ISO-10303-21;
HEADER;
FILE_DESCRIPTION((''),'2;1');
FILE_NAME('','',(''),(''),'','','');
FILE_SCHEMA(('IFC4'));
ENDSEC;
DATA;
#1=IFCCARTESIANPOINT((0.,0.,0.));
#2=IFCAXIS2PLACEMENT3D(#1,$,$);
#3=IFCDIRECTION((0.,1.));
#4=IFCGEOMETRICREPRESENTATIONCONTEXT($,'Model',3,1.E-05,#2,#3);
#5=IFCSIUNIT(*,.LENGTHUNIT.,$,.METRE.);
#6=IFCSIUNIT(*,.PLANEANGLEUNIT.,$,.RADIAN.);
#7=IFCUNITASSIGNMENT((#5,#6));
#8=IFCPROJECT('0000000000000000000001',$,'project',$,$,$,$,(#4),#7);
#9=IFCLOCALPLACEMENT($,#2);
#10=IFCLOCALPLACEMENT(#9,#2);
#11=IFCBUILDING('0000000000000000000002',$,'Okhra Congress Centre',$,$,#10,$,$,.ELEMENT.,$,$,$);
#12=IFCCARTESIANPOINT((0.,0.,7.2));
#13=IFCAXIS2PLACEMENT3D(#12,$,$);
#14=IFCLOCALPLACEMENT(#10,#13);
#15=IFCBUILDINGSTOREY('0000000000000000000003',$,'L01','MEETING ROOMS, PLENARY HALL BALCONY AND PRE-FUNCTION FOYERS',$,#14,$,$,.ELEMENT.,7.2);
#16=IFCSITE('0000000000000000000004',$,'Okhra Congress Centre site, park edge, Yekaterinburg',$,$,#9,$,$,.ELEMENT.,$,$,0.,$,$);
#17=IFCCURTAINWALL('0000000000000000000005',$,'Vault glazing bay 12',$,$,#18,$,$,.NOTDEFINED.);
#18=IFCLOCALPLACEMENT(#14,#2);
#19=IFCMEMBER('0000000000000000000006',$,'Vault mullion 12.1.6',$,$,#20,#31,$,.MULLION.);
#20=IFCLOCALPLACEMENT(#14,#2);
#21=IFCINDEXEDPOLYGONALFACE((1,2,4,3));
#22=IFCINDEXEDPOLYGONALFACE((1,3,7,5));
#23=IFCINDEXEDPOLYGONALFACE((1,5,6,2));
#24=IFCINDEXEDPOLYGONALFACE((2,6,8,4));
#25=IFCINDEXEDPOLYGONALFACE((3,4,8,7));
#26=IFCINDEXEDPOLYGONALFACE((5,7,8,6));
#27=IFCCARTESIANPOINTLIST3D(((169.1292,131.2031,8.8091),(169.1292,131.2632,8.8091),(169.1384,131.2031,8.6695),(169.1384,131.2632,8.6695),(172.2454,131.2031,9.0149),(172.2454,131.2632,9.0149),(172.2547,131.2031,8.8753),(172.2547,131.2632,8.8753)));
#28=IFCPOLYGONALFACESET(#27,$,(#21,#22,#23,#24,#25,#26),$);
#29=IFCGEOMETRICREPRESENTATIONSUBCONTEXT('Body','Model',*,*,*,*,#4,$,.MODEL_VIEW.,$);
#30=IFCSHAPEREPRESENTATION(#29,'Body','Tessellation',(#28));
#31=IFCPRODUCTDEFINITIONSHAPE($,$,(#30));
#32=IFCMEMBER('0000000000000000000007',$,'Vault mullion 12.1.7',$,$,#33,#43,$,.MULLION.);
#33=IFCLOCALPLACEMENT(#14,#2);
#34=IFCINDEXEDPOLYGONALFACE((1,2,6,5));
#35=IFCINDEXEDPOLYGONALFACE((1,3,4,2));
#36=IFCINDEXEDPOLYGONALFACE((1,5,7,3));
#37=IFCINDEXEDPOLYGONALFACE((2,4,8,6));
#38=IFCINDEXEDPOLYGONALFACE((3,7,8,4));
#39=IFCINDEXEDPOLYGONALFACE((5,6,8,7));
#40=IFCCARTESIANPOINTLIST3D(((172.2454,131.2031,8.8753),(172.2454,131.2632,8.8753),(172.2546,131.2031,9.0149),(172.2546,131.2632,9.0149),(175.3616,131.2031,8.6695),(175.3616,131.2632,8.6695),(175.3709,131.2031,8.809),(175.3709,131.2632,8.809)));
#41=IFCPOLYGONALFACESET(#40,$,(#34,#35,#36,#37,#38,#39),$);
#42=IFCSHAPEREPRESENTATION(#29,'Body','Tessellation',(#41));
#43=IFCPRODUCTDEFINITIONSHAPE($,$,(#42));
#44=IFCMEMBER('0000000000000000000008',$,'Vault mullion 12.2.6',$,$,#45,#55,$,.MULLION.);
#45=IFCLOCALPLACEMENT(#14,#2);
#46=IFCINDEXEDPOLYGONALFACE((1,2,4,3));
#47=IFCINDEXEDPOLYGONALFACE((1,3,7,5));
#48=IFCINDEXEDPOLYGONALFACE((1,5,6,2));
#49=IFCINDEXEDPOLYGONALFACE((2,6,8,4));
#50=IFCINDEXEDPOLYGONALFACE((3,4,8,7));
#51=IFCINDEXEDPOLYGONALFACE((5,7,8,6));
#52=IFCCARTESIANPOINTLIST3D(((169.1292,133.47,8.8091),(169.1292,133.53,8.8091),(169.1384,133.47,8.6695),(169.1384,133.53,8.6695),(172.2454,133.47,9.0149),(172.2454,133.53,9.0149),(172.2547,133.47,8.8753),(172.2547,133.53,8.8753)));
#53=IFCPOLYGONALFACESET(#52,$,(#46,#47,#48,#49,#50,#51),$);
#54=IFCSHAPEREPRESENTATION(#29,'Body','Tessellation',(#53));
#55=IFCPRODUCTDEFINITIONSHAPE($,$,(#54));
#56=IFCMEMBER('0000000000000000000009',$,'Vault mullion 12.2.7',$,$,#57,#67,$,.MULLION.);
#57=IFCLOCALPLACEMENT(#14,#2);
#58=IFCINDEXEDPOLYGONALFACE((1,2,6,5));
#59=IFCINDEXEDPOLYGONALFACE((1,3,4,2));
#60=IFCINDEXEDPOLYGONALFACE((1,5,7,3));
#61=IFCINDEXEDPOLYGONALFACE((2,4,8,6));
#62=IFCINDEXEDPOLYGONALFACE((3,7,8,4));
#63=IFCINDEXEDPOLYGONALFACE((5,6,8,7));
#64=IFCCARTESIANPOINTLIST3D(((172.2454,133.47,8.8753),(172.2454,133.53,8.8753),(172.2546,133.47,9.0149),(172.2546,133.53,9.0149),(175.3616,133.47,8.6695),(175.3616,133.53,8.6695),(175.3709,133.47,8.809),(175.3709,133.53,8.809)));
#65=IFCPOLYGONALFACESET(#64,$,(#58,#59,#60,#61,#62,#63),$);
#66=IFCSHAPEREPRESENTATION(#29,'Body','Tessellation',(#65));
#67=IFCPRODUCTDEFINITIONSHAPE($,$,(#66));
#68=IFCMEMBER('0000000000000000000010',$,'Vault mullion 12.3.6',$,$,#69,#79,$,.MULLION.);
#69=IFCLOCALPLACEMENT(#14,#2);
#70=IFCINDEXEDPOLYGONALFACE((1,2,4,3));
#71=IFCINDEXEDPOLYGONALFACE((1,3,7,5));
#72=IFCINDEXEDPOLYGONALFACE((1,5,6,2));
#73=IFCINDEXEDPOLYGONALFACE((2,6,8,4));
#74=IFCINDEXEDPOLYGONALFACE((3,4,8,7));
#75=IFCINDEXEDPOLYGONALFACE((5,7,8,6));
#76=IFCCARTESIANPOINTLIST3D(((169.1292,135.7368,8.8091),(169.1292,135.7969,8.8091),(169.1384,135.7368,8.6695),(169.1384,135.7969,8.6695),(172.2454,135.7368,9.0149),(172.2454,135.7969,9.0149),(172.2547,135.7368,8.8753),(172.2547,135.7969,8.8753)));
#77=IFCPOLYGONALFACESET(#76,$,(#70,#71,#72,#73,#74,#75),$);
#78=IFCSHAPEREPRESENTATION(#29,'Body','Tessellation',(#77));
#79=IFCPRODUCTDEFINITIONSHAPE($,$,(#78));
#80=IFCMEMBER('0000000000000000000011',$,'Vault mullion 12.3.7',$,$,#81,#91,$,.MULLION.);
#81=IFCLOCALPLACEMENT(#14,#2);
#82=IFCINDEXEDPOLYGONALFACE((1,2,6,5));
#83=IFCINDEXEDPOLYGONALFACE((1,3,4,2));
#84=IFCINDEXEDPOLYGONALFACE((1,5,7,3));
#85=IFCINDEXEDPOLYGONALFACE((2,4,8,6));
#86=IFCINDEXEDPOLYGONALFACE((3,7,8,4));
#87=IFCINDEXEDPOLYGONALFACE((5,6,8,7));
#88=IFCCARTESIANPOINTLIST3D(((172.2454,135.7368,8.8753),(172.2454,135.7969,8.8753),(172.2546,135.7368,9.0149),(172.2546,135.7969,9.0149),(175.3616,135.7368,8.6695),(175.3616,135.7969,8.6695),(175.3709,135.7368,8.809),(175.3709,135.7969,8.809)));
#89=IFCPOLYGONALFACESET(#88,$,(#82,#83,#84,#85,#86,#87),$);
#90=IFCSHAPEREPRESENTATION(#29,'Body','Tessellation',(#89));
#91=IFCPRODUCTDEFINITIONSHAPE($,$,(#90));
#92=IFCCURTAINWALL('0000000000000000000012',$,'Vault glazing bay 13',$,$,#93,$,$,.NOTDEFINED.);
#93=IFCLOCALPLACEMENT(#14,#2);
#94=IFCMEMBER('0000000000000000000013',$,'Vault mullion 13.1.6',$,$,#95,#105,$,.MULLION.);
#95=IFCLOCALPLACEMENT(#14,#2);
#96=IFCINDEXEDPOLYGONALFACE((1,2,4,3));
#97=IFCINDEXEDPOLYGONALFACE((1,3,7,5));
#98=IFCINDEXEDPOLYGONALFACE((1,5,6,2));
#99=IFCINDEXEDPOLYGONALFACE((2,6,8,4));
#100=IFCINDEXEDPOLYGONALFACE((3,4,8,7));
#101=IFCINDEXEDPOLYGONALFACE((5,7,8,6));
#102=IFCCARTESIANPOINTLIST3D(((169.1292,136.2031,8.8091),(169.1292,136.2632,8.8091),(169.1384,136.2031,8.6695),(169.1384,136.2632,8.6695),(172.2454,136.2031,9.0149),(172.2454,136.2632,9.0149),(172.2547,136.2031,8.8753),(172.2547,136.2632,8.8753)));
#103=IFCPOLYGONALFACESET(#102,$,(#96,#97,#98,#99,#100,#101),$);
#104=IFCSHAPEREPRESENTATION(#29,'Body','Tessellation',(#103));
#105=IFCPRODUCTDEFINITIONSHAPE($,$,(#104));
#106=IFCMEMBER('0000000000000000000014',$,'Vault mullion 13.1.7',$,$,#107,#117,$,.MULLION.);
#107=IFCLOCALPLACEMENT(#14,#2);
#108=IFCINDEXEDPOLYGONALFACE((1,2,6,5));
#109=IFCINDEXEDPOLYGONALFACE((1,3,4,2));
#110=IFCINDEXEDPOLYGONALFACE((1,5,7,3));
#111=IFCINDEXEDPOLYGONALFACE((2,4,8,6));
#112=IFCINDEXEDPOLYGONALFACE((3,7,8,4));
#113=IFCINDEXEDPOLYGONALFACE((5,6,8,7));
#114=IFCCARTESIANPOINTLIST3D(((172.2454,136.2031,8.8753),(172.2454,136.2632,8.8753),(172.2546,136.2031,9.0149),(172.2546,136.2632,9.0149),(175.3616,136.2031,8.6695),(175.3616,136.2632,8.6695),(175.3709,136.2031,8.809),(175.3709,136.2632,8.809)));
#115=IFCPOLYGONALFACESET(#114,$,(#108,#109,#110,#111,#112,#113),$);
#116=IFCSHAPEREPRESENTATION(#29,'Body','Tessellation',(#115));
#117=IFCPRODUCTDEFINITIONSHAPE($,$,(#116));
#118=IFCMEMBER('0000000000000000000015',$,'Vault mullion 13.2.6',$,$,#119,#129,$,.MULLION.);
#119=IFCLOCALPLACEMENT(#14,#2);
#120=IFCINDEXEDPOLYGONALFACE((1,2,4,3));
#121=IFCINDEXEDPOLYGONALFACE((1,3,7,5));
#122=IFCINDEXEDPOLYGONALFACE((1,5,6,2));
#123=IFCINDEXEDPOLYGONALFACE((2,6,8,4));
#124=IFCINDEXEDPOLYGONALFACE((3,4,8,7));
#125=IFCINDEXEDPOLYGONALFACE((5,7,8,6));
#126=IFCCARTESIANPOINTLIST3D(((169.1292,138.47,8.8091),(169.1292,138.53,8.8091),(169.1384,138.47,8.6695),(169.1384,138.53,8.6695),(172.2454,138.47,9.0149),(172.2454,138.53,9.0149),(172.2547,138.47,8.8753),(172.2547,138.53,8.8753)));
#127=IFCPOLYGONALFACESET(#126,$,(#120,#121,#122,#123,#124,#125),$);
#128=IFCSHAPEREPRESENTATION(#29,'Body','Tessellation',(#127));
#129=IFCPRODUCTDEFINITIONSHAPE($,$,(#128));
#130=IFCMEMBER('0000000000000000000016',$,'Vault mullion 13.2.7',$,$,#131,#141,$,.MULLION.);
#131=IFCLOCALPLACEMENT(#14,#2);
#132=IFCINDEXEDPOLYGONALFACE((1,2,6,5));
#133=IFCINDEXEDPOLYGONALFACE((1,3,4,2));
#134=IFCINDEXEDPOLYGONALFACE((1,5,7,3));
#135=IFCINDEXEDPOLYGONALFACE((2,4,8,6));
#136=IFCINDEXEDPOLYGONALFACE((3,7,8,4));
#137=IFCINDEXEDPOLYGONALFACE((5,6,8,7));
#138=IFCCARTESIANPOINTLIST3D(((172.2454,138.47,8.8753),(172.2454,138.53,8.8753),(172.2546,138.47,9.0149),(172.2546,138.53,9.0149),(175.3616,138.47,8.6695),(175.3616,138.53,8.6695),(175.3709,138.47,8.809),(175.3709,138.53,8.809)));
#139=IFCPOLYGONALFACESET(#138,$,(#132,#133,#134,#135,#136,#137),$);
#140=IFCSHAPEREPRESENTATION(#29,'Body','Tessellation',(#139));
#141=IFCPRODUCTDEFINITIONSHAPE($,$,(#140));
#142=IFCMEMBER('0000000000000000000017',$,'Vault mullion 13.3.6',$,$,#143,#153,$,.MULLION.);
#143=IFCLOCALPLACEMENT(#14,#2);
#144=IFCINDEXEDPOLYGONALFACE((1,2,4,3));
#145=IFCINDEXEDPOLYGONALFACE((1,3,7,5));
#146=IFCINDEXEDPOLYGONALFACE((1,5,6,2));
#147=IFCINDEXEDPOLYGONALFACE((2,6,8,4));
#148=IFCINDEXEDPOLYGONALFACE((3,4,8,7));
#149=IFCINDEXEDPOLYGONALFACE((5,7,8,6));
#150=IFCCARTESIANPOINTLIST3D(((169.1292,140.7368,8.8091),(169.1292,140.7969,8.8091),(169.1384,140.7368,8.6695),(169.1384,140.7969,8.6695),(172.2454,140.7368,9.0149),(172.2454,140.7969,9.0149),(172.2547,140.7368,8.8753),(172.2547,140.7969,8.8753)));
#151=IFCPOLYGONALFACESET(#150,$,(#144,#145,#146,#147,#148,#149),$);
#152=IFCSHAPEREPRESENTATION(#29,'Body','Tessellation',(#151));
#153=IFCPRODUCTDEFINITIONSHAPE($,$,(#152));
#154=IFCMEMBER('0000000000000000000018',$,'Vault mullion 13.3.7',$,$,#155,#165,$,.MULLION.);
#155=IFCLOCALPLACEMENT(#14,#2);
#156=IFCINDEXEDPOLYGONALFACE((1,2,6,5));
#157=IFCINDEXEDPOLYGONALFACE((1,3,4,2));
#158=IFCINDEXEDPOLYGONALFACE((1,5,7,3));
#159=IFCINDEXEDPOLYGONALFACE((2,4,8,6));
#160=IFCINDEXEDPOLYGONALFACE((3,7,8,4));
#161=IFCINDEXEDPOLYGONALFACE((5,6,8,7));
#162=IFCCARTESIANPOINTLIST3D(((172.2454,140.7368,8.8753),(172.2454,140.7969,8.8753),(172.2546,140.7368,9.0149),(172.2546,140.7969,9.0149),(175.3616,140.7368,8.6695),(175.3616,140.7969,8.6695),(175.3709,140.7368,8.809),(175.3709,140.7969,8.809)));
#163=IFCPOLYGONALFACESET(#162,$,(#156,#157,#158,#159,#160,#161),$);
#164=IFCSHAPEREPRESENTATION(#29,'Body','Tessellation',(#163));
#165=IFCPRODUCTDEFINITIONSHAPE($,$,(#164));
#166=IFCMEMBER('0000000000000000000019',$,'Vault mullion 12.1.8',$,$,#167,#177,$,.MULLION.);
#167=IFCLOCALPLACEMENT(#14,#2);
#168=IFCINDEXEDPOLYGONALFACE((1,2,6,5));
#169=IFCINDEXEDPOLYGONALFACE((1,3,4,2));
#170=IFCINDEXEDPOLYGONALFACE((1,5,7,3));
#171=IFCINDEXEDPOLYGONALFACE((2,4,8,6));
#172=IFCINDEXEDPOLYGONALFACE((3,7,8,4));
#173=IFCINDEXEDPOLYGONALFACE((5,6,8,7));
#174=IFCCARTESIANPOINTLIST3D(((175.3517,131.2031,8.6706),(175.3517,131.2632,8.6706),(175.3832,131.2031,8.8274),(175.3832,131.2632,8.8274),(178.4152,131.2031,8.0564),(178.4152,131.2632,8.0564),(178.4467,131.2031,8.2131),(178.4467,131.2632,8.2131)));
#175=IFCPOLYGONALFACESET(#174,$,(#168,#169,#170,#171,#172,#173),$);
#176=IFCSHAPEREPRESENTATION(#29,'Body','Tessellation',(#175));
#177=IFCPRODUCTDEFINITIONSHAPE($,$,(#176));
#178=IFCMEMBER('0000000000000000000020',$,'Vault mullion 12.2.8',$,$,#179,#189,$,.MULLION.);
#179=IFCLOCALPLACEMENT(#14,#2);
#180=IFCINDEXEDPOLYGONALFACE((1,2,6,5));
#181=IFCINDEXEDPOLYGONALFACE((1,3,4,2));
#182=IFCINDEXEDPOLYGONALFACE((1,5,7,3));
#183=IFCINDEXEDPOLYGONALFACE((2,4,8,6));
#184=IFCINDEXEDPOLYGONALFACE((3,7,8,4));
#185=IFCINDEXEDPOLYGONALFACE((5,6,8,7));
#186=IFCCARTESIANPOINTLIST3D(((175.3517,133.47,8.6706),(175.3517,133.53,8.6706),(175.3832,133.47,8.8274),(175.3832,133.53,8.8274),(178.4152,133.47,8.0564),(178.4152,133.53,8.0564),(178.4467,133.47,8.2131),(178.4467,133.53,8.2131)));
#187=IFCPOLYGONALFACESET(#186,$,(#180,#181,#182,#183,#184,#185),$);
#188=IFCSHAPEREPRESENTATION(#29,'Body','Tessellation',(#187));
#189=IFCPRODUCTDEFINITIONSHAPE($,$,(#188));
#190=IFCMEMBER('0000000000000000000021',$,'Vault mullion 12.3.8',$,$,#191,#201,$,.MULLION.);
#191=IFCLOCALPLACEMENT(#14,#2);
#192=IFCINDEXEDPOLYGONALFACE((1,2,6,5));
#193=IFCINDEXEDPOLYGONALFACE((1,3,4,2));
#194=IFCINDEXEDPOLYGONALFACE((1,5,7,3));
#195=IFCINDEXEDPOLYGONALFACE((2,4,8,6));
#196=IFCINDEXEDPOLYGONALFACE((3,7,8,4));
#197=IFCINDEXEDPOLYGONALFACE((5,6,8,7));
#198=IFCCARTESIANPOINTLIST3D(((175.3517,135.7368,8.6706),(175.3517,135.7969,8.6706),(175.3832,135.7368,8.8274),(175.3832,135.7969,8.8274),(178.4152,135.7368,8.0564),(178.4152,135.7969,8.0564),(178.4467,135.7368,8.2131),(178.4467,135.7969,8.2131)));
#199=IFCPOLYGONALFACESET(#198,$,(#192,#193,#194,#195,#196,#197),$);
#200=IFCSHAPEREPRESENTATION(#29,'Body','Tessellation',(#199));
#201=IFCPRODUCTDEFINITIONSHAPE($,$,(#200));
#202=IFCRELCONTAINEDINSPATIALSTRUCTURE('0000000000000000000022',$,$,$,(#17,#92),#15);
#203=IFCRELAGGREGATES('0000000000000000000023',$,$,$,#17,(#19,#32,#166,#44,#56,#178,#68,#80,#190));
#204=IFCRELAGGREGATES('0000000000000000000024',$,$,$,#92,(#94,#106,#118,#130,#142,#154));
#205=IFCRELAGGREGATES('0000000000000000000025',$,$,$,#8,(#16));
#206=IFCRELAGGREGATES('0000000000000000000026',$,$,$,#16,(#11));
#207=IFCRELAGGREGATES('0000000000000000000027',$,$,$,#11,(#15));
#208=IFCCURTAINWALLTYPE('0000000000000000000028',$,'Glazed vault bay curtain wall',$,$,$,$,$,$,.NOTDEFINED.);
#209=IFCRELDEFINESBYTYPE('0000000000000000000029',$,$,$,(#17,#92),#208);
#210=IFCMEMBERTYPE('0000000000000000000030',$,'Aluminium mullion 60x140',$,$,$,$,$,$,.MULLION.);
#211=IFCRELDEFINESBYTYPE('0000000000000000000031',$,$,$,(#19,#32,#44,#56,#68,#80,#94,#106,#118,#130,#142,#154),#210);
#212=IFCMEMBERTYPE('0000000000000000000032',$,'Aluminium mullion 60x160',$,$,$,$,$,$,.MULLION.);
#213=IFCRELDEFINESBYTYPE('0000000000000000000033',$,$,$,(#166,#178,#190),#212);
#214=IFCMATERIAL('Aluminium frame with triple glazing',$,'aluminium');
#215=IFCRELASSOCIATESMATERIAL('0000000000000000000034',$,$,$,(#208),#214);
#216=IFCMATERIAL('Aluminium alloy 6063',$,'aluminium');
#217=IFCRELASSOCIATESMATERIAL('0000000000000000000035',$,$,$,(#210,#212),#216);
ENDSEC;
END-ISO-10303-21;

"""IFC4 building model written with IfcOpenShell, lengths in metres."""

from ifc_helpers import new_model, si_unit, direction, frame, origin, origin_2d, place, context, subcontext, project, spatial, rectangle, extrude, material, material_profile, profile_set, type_object, element, aggregate, save


model = new_model("IFC4")

# Units and contexts
model_context = context("Model", 3, precision=1e-05, world=origin(), true_north=direction((0.0, 1.0)))
body_context = subcontext(model_context, "Body", "Model", "MODEL_VIEW")
ifc_project = project(units=[si_unit("LENGTHUNIT", "METRE"), si_unit("PLANEANGLEUNIT", "RADIAN")], contexts=[model_context])

# Site, building, storey
site_placement = place(None, origin())
site = spatial("IfcSite", under=ifc_project, at=site_placement, Name="Okhra Congress Centre site, park edge, Yekaterinburg", CompositionType="ELEMENT", RefElevation=0.0)
building_placement = place(site_placement, origin())
building = spatial("IfcBuilding", under=site, at=building_placement, Name="Okhra Congress Centre", CompositionType="ELEMENT")
storey_placement = place(building_placement, frame((0.0, 0.0, 7.2)))
storey = spatial("IfcBuildingStorey", under=building, at=storey_placement, Name="L01", Description="MEETING ROOMS, PLENARY HALL BALCONY AND PRE-FUNCTION FOYERS", CompositionType="ELEMENT", Elevation=7.2)

# Curtain walls, members
ifc_material_1 = material(Name="Aluminium frame with triple glazing", Category="aluminium")
curtain_wall_type = type_object("IfcCurtainWallType", Name="Glazed vault bay curtain wall", PredefinedType="NOTDEFINED", material=ifc_material_1)
curtain_wall_1_placement = place(storey_placement, origin())
curtain_wall_1 = element("IfcCurtainWall", 1, at=curtain_wall_1_placement, inside=storey, type_object=curtain_wall_type, Name="Vault glazing bay 12", PredefinedType="NOTDEFINED")
ifc_material_2 = material(Name="Aluminium alloy 6063", Category="aluminium")
ifc_material_profile_1 = material_profile(ifc_material_2, rectangle(XDim=0.0601, YDim=0.1399, at=origin_2d()), Name="AL 60x140")
ifc_profile_set_1 = profile_set([ifc_material_profile_1], Name="Aluminium alloy 6063")
member_type_1 = type_object("IfcMemberType", Name="Aluminium mullion 60x140", PredefinedType="MULLION", material=ifc_profile_set_1)
member_1_placement = place(storey_placement, frame((169.1338, 131.2332, 8.7393), z_axis=(0.997826, 0.0, 0.065902), x_axis=(0.0, 1.0, 0.0)))
member_1 = element("IfcMember", 2, at=member_1_placement, type_object=member_type_1, Name="Vault mullion 12.1.6", PredefinedType="MULLION", context=body_context, shape_type="SweptSolid", body=[
    extrude(rectangle(XDim=0.0601, YDim=0.1399, at=origin_2d()), origin(), (0.0, 0.0, 1.0), 3.123),
])
member_2_placement = place(storey_placement, frame((172.25, 131.2332, 8.9451), z_axis=(0.997826, 0.0, -0.065902), x_axis=(0.0, 1.0, 0.0)))
member_2 = element("IfcMember", 3, at=member_2_placement, type_object=member_type_1, Name="Vault mullion 12.1.7", PredefinedType="MULLION", context=body_context, shape_type="SweptSolid", body=[
    extrude(rectangle(XDim=0.0601, YDim=0.1399, at=origin_2d()), origin(), (0.0, 0.0, 1.0), 3.123),
])
member_3_placement = place(storey_placement, frame((169.1338, 133.5, 8.7393), z_axis=(0.997826, 0.0, 0.065902), x_axis=(0.0, 1.0, 0.0)))
member_3 = element("IfcMember", 4, at=member_3_placement, type_object=member_type_1, Name="Vault mullion 12.2.6", PredefinedType="MULLION", context=body_context, shape_type="SweptSolid", body=[
    extrude(rectangle(XDim=0.0601, YDim=0.1399, at=origin_2d()), origin(), (0.0, 0.0, 1.0), 3.123),
])
member_4_placement = place(storey_placement, frame((172.25, 133.5, 8.9451), z_axis=(0.997826, 0.0, -0.065902), x_axis=(0.0, 1.0, 0.0)))
member_4 = element("IfcMember", 5, at=member_4_placement, type_object=member_type_1, Name="Vault mullion 12.2.7", PredefinedType="MULLION", context=body_context, shape_type="SweptSolid", body=[
    extrude(rectangle(XDim=0.0601, YDim=0.1399, at=origin_2d()), origin(), (0.0, 0.0, 1.0), 3.123),
])
member_5_placement = place(storey_placement, frame((169.1338, 135.7668, 8.7393), z_axis=(0.997826, 0.0, 0.065902), x_axis=(0.0, 1.0, 0.0)))
member_5 = element("IfcMember", 6, at=member_5_placement, type_object=member_type_1, Name="Vault mullion 12.3.6", PredefinedType="MULLION", context=body_context, shape_type="SweptSolid", body=[
    extrude(rectangle(XDim=0.0601, YDim=0.1399, at=origin_2d()), origin(), (0.0, 0.0, 1.0), 3.123),
])
member_6_placement = place(storey_placement, frame((172.25, 135.7668, 8.9451), z_axis=(0.997826, 0.0, -0.065902), x_axis=(0.0, 1.0, 0.0)))
member_6 = element("IfcMember", 7, at=member_6_placement, type_object=member_type_1, Name="Vault mullion 12.3.7", PredefinedType="MULLION", context=body_context, shape_type="SweptSolid", body=[
    extrude(rectangle(XDim=0.0601, YDim=0.1399, at=origin_2d()), origin(), (0.0, 0.0, 1.0), 3.123),
])
curtain_wall_2_placement = place(storey_placement, origin())
curtain_wall_2 = element("IfcCurtainWall", 8, at=curtain_wall_2_placement, inside=storey, type_object=curtain_wall_type, Name="Vault glazing bay 13", PredefinedType="NOTDEFINED")
member_7_placement = place(storey_placement, frame((169.1338, 136.2332, 8.7393), z_axis=(0.997826, 0.0, 0.065902), x_axis=(0.0, 1.0, 0.0)))
member_7 = element("IfcMember", 9, at=member_7_placement, type_object=member_type_1, Name="Vault mullion 13.1.6", PredefinedType="MULLION", context=body_context, shape_type="SweptSolid", body=[
    extrude(rectangle(XDim=0.0601, YDim=0.1399, at=origin_2d()), origin(), (0.0, 0.0, 1.0), 3.123),
])
member_8_placement = place(storey_placement, frame((172.25, 136.2332, 8.9451), z_axis=(0.997826, 0.0, -0.065902), x_axis=(0.0, 1.0, 0.0)))
member_8 = element("IfcMember", 10, at=member_8_placement, type_object=member_type_1, Name="Vault mullion 13.1.7", PredefinedType="MULLION", context=body_context, shape_type="SweptSolid", body=[
    extrude(rectangle(XDim=0.0601, YDim=0.1399, at=origin_2d()), origin(), (0.0, 0.0, 1.0), 3.123),
])
member_9_placement = place(storey_placement, frame((169.1338, 138.5, 8.7393), z_axis=(0.997826, 0.0, 0.065902), x_axis=(0.0, 1.0, 0.0)))
member_9 = element("IfcMember", 11, at=member_9_placement, type_object=member_type_1, Name="Vault mullion 13.2.6", PredefinedType="MULLION", context=body_context, shape_type="SweptSolid", body=[
    extrude(rectangle(XDim=0.0601, YDim=0.1399, at=origin_2d()), origin(), (0.0, 0.0, 1.0), 3.123),
])
member_10_placement = place(storey_placement, frame((172.25, 138.5, 8.9451), z_axis=(0.997826, 0.0, -0.065902), x_axis=(0.0, 1.0, 0.0)))
member_10 = element("IfcMember", 12, at=member_10_placement, type_object=member_type_1, Name="Vault mullion 13.2.7", PredefinedType="MULLION", context=body_context, shape_type="SweptSolid", body=[
    extrude(rectangle(XDim=0.0601, YDim=0.1399, at=origin_2d()), origin(), (0.0, 0.0, 1.0), 3.123),
])
member_11_placement = place(storey_placement, frame((169.1338, 140.7668, 8.7393), z_axis=(0.997826, 0.0, 0.065902), x_axis=(0.0, 1.0, 0.0)))
member_11 = element("IfcMember", 13, at=member_11_placement, type_object=member_type_1, Name="Vault mullion 13.3.6", PredefinedType="MULLION", context=body_context, shape_type="SweptSolid", body=[
    extrude(rectangle(XDim=0.0601, YDim=0.1399, at=origin_2d()), origin(), (0.0, 0.0, 1.0), 3.123),
])
member_12_placement = place(storey_placement, frame((172.25, 140.7668, 8.9451), z_axis=(0.997826, 0.0, -0.065902), x_axis=(0.0, 1.0, 0.0)))
member_12 = element("IfcMember", 14, at=member_12_placement, type_object=member_type_1, Name="Vault mullion 13.3.7", PredefinedType="MULLION", context=body_context, shape_type="SweptSolid", body=[
    extrude(rectangle(XDim=0.0601, YDim=0.1399, at=origin_2d()), origin(), (0.0, 0.0, 1.0), 3.123),
])

# Members
ifc_material_profile_2 = material_profile(ifc_material_2, rectangle(XDim=0.0601, YDim=0.1599, at=origin_2d()), Name="AL 60x160")
ifc_profile_set_2 = profile_set([ifc_material_profile_2], Name="Aluminium alloy 6063")
member_type_2 = type_object("IfcMemberType", Name="Aluminium mullion 60x160", PredefinedType="MULLION", material=ifc_profile_set_2)
member_13_placement = place(storey_placement, frame((175.3674, 131.2332, 8.749), z_axis=(0.980484, 0.0, -0.196597), x_axis=(0.0, 1.0, 0.0)))
member_13 = element("IfcMember", 15, at=member_13_placement, type_object=member_type_2, Name="Vault mullion 12.1.8", PredefinedType="MULLION", context=body_context, shape_type="SweptSolid", body=[
    extrude(rectangle(XDim=0.0601, YDim=0.1599, at=origin_2d()), origin(), (0.0, 0.0, 1.0), 3.1245),
])
member_14_placement = place(storey_placement, frame((175.3674, 133.5, 8.749), z_axis=(0.980484, 0.0, -0.196597), x_axis=(0.0, 1.0, 0.0)))
member_14 = element("IfcMember", 16, at=member_14_placement, type_object=member_type_2, Name="Vault mullion 12.2.8", PredefinedType="MULLION", context=body_context, shape_type="SweptSolid", body=[
    extrude(rectangle(XDim=0.0601, YDim=0.1599, at=origin_2d()), origin(), (0.0, 0.0, 1.0), 3.1245),
])
member_15_placement = place(storey_placement, frame((175.3674, 135.7668, 8.749), z_axis=(0.980484, 0.0, -0.196597), x_axis=(0.0, 1.0, 0.0)))
member_15 = element("IfcMember", 17, at=member_15_placement, type_object=member_type_2, Name="Vault mullion 12.3.8", PredefinedType="MULLION", context=body_context, shape_type="SweptSolid", body=[
    extrude(rectangle(XDim=0.0601, YDim=0.1599, at=origin_2d()), origin(), (0.0, 0.0, 1.0), 3.1245),
])

aggregate(curtain_wall_1, [member_1, member_2, member_13, member_3, member_4, member_14, member_5, member_6, member_15])
aggregate(curtain_wall_2, [member_7, member_8, member_9, member_10, member_11, member_12])

save(model, "model.ifc")
